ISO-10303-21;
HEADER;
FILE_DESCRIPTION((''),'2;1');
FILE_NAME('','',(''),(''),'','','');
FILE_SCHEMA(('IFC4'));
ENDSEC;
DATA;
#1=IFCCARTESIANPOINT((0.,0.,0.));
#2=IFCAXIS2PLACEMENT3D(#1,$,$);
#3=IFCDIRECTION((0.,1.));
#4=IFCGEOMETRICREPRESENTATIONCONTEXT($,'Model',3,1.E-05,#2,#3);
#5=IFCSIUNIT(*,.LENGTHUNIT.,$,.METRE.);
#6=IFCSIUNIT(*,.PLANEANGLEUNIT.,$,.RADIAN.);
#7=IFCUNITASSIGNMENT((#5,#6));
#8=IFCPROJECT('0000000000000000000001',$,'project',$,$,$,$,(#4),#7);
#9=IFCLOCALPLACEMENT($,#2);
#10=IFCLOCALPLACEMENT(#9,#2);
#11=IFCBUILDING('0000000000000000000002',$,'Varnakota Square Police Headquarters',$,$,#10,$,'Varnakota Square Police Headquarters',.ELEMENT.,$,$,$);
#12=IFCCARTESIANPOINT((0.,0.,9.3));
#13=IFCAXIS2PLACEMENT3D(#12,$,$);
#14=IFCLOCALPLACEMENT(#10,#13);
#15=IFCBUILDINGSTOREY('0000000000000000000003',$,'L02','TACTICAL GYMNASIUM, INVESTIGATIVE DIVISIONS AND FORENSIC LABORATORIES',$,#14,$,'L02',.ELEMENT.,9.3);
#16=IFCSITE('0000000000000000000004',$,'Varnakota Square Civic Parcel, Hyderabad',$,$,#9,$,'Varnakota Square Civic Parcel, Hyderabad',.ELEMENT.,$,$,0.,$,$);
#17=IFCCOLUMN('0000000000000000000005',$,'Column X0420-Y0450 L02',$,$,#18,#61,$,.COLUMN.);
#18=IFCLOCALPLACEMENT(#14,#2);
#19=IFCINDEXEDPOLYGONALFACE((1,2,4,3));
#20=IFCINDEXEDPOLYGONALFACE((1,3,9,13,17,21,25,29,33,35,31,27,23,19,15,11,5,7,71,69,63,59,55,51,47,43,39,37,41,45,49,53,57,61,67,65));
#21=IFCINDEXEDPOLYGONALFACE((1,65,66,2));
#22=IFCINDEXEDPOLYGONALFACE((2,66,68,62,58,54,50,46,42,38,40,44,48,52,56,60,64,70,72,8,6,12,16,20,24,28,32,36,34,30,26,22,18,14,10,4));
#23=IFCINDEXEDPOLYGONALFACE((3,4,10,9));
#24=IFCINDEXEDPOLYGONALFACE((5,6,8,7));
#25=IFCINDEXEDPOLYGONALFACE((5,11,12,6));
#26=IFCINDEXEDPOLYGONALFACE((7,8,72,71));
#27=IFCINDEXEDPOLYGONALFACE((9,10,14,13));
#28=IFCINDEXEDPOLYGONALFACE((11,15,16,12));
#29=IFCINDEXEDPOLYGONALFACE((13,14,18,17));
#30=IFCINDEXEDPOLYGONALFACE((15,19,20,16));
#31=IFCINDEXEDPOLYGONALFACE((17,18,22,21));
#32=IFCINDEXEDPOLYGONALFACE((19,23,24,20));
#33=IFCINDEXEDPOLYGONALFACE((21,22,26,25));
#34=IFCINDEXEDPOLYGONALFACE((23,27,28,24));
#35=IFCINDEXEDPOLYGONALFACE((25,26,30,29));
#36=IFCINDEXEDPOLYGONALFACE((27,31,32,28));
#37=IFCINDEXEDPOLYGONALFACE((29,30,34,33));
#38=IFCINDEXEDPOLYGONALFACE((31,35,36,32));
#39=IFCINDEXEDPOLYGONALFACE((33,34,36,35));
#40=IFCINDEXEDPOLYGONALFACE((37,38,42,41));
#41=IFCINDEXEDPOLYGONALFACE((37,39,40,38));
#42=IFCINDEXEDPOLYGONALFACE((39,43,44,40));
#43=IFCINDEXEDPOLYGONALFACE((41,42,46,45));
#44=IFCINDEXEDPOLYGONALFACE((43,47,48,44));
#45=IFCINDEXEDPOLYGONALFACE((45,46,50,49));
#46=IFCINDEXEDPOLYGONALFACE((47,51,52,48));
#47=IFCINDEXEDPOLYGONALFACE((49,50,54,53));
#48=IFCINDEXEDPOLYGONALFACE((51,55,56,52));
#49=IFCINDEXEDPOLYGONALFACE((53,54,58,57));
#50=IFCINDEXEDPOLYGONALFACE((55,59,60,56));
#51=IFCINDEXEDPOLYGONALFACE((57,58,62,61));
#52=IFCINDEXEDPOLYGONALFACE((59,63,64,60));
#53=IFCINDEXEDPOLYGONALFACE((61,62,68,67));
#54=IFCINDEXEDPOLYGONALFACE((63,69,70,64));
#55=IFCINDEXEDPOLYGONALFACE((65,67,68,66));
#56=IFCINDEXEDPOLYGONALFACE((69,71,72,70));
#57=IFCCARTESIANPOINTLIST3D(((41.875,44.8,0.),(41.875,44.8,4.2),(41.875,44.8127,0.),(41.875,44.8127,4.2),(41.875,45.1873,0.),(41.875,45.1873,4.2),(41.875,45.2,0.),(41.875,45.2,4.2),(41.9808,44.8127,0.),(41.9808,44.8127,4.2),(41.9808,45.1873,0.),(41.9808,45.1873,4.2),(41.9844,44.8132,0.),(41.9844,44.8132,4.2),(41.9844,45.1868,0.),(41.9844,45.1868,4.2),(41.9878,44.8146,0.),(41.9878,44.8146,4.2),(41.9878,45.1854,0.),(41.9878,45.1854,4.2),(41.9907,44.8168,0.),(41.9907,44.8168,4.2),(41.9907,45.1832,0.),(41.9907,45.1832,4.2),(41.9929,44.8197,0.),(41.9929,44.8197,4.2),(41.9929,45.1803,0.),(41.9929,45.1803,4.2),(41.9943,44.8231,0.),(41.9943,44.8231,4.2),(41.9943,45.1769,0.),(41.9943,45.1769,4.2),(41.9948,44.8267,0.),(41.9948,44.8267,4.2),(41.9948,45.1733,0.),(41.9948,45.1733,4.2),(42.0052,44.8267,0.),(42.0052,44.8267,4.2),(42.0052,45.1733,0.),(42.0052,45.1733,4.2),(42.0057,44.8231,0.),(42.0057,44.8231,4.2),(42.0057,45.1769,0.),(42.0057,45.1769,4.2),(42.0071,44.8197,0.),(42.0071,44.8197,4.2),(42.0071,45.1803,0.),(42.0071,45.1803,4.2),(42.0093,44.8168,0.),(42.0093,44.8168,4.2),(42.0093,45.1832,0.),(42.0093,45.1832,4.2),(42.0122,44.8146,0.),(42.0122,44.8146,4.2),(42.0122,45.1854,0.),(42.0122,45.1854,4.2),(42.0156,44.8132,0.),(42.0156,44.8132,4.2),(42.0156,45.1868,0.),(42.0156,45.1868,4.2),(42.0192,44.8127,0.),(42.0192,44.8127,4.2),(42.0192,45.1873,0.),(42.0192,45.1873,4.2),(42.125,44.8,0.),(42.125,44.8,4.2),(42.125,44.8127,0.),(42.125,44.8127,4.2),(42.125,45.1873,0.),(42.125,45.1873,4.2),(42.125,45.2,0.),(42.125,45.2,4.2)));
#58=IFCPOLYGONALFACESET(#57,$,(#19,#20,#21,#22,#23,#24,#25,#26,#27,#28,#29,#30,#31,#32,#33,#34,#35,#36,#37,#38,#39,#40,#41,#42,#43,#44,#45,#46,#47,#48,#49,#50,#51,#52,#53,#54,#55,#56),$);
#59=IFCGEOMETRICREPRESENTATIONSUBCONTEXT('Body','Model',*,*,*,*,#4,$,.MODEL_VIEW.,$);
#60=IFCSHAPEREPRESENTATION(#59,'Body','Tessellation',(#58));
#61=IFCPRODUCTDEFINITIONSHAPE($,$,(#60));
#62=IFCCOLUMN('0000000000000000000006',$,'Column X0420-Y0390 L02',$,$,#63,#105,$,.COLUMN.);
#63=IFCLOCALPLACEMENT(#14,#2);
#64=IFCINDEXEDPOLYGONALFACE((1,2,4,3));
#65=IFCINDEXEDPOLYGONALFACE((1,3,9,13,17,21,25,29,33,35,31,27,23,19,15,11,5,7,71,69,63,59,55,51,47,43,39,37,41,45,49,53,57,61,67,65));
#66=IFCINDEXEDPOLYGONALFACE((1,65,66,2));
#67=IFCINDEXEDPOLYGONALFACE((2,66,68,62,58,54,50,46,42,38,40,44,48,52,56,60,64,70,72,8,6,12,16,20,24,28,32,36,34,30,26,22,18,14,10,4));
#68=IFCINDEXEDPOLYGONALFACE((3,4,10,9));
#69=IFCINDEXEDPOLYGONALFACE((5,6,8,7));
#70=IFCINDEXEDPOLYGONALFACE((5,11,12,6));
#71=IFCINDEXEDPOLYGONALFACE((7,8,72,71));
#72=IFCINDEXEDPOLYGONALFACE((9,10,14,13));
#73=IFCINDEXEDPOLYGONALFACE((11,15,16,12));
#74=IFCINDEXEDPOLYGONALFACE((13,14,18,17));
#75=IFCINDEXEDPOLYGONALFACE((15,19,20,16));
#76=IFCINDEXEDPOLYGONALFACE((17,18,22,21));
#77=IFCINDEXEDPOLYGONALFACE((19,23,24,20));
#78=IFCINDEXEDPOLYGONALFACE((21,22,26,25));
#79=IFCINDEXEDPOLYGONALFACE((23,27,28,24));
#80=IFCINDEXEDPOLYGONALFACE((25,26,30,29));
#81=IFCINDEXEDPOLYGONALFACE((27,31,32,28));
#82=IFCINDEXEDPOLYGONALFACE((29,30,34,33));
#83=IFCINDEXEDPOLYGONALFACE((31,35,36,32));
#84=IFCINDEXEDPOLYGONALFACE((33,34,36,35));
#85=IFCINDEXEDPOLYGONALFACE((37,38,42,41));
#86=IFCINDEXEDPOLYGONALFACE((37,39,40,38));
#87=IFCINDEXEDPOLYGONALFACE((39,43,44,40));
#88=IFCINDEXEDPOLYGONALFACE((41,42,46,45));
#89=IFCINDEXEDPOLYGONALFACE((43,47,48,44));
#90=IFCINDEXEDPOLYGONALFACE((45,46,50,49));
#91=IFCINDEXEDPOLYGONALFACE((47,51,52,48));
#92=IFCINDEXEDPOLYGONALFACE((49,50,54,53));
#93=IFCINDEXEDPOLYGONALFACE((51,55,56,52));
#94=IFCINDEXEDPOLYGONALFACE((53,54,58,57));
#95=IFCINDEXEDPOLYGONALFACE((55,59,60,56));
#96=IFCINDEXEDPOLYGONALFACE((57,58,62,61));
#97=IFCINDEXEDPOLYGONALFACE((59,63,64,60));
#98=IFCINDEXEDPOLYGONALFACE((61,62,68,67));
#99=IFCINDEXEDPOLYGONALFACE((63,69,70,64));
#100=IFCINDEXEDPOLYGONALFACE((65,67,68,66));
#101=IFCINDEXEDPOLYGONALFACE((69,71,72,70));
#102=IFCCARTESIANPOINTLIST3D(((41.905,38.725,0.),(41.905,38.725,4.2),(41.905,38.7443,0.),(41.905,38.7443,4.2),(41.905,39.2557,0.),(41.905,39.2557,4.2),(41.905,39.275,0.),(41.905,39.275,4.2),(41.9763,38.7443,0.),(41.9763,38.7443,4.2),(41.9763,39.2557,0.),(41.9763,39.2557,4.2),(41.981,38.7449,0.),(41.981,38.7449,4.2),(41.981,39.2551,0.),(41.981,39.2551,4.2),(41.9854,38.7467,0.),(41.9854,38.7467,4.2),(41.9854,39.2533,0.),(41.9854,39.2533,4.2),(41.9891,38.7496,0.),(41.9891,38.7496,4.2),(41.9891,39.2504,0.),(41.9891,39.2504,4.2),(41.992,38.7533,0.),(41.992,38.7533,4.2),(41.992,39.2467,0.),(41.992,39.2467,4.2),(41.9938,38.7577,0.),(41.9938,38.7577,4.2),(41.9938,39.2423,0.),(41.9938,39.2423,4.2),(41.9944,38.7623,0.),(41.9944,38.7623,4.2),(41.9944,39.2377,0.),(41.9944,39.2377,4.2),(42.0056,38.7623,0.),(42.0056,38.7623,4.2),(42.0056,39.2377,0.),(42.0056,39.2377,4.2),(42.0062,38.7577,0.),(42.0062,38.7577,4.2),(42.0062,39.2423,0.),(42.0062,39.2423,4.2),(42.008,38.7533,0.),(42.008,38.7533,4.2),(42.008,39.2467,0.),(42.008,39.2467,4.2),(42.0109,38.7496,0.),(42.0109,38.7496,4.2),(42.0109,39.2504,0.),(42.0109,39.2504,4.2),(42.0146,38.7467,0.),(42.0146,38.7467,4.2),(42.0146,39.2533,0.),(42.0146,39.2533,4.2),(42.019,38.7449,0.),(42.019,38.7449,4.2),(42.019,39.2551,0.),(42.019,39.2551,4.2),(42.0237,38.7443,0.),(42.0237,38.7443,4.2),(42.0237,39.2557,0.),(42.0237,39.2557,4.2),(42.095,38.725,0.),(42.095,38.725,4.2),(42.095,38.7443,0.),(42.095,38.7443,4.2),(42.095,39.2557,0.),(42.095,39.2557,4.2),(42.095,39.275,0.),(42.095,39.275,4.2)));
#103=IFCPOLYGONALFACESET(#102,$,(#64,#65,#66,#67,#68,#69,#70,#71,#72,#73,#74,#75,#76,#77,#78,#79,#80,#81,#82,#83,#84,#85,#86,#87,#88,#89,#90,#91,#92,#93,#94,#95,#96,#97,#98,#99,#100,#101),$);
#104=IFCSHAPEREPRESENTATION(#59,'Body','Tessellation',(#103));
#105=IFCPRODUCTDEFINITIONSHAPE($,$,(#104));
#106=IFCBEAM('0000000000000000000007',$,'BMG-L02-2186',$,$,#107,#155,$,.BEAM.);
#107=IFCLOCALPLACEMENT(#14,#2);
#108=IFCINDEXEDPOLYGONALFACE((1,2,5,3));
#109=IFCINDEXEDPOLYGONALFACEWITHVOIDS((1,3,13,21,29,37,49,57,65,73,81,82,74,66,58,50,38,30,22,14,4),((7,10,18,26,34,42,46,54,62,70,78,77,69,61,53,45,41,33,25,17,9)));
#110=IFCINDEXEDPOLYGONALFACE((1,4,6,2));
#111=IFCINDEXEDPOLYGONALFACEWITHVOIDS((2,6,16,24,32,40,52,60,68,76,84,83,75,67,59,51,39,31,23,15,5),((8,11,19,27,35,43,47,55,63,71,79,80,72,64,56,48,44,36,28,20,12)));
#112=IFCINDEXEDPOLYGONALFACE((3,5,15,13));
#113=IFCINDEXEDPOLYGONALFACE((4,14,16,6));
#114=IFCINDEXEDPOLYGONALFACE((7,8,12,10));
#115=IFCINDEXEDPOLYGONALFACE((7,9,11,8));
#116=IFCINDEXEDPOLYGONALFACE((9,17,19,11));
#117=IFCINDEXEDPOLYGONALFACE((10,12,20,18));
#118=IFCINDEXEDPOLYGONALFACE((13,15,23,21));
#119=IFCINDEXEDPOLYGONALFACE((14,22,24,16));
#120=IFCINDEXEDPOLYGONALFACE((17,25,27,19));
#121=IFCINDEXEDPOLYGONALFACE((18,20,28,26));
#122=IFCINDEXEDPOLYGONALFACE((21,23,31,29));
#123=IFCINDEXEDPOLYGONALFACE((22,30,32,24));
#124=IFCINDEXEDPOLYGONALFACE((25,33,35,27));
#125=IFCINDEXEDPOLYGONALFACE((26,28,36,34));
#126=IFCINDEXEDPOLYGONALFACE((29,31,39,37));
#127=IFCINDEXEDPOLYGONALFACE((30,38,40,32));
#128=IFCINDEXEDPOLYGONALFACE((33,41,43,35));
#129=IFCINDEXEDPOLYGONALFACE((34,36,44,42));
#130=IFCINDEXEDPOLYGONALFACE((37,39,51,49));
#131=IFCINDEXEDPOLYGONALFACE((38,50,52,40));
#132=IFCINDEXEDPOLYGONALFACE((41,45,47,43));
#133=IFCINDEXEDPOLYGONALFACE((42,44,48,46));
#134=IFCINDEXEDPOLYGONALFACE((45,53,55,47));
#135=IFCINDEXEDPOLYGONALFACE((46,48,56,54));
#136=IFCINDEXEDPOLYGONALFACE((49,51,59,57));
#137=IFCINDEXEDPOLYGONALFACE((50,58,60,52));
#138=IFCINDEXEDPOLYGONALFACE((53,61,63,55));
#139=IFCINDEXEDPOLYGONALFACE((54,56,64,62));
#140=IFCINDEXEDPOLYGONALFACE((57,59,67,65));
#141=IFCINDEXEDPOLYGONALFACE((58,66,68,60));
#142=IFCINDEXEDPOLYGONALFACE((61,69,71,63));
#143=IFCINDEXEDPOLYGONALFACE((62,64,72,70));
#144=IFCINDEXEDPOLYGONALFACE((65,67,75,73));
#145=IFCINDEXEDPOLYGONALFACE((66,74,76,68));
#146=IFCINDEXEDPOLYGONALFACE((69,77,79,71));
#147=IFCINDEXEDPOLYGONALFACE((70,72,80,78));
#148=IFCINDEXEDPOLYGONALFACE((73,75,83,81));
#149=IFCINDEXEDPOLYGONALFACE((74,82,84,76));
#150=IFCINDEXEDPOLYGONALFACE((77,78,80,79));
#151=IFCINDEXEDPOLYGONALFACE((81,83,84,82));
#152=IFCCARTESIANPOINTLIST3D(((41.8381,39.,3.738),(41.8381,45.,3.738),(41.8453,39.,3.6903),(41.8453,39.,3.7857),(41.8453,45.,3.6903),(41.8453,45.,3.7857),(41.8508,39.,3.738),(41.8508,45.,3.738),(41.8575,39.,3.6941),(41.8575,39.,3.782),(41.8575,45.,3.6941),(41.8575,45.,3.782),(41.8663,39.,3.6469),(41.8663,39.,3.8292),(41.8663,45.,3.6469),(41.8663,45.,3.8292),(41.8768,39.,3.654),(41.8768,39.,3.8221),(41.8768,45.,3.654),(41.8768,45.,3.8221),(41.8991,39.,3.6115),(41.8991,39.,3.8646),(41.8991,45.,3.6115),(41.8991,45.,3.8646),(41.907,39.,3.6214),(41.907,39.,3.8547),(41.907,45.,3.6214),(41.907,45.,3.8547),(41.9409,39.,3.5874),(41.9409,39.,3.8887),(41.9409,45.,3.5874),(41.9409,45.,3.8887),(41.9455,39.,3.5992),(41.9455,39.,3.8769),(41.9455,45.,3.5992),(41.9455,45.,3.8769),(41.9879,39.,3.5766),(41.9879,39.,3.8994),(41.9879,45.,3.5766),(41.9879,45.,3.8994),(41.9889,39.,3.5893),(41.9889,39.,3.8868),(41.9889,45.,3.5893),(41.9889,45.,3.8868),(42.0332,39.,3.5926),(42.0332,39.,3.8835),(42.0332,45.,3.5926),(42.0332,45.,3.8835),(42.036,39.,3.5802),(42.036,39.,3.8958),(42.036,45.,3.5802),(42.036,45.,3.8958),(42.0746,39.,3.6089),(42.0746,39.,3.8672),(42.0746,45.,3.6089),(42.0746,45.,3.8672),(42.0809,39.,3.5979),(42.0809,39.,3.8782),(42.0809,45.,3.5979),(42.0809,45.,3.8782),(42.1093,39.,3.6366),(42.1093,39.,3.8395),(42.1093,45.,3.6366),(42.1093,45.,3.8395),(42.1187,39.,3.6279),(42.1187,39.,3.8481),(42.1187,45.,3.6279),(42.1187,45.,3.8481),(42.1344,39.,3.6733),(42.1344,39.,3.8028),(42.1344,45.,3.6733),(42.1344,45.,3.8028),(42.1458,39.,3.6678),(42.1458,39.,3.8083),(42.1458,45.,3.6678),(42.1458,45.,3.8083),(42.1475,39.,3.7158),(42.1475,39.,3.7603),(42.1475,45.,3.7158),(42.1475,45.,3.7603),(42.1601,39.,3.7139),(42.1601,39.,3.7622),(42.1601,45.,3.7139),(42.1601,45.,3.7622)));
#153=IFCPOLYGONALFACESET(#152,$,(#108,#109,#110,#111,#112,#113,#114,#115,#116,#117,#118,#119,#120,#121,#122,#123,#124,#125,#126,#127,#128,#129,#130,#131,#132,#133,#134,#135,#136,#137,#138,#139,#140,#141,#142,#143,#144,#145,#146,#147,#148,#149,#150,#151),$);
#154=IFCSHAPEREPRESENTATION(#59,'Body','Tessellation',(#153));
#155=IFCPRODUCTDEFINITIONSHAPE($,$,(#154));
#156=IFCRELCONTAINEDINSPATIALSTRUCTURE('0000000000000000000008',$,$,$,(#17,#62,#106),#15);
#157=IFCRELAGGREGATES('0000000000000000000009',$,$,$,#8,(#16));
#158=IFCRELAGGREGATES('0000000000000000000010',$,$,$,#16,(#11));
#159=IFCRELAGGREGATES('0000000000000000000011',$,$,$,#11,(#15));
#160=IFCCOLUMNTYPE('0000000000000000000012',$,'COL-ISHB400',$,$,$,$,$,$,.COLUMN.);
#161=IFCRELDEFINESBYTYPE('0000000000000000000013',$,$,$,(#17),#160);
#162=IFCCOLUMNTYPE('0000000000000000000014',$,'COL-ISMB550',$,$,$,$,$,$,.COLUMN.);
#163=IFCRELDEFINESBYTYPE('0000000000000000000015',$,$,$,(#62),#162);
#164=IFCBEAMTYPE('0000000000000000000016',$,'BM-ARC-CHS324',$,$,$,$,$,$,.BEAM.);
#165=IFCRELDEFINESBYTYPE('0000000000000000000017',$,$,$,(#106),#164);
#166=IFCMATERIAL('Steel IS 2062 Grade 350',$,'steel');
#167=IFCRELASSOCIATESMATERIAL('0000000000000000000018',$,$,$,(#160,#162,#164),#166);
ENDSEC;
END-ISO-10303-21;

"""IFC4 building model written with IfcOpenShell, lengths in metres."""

from ifc_helpers import new_model, si_unit, direction, frame, origin, origin_2d, place, context, subcontext, project, spatial, hollow_circle, i_section, extrude, material, material_profile, profile_set, type_object, element, save


model = new_model("IFC4")

# Units and contexts
model_context = context("Model", 3, precision=1e-05, world=origin(), true_north=direction((0.0, 1.0)))
body_context = subcontext(model_context, "Body", "Model", "MODEL_VIEW")
ifc_project = project(units=[si_unit("LENGTHUNIT", "METRE"), si_unit("PLANEANGLEUNIT", "RADIAN")], contexts=[model_context])

# Site, building, storey
site_placement = place(None, origin())
site = spatial("IfcSite", under=ifc_project, at=site_placement, Name="Varnakota Square Civic Parcel, Hyderabad", LongName="Varnakota Square Civic Parcel, Hyderabad", CompositionType="ELEMENT", RefElevation=0.0)
building_placement = place(site_placement, origin())
building = spatial("IfcBuilding", under=site, at=building_placement, Name="Varnakota Square Police Headquarters", LongName="Varnakota Square Police Headquarters", CompositionType="ELEMENT")
storey_placement = place(building_placement, frame((0.0, 0.0, 9.3)))
storey = spatial("IfcBuildingStorey", under=building, at=storey_placement, Name="L02", Description="TACTICAL GYMNASIUM, INVESTIGATIVE DIVISIONS AND FORENSIC LABORATORIES", LongName="L02", CompositionType="ELEMENT", Elevation=9.3)

# Columns
ifc_material_1 = material(Name="Steel IS 2062 Grade 350", Category="steel")
ifc_material_profile_1 = material_profile(ifc_material_1, i_section(OverallWidth=0.25, OverallDepth=0.3999, WebThickness=0.0105, FlangeThickness=0.0127, FilletRadius=0.0139, at=origin_2d()), Name="ISHB 400")
ifc_profile_set_1 = profile_set([ifc_material_profile_1], Name="Steel IS 2062 Grade 350")
column_type_1 = type_object("IfcColumnType", Name="COL-ISHB400", PredefinedType="COLUMN", material=ifc_profile_set_1)
column_1_placement = place(storey_placement, frame((42.0, 45.0, 0.0), z_axis=(0.0, 0.0, 1.0), x_axis=(1.0, 0.0, 0.0)))
element("IfcColumn", 1, at=column_1_placement, inside=storey, type_object=column_type_1, Name="Column X0420-Y0450 L02", PredefinedType="COLUMN", context=body_context, shape_type="SweptSolid", body=[
    extrude(i_section(OverallWidth=0.25, OverallDepth=0.3999, WebThickness=0.0105, FlangeThickness=0.0127, FilletRadius=0.0139, at=origin_2d()), origin(), (0.0, 0.0, 1.0), 4.2),
])
ifc_material_profile_2 = material_profile(ifc_material_1, i_section(OverallWidth=0.1899, OverallDepth=0.55, WebThickness=0.0112, FlangeThickness=0.0193, FilletRadius=0.0181, at=origin_2d()), Name="ISMB 550")
ifc_profile_set_2 = profile_set([ifc_material_profile_2], Name="Steel IS 2062 Grade 350")
column_type_2 = type_object("IfcColumnType", Name="COL-ISMB550", PredefinedType="COLUMN", material=ifc_profile_set_2)
column_2_placement = place(storey_placement, frame((42.0, 39.0, 0.0), z_axis=(0.0, 0.0, 1.0), x_axis=(1.0, 0.0, 0.0)))
element("IfcColumn", 2, at=column_2_placement, inside=storey, type_object=column_type_2, Name="Column X0420-Y0390 L02", PredefinedType="COLUMN", context=body_context, shape_type="SweptSolid", body=[
    extrude(i_section(OverallWidth=0.1899, OverallDepth=0.55, WebThickness=0.0112, FlangeThickness=0.0193, FilletRadius=0.0181, at=origin_2d()), origin(), (0.0, 0.0, 1.0), 4.2),
])

# Beam
ifc_material_profile_3 = material_profile(ifc_material_1, hollow_circle(Radius=0.1619, WallThickness=0.0127, at=origin_2d()), Name="CHS 323.9x12.7")
ifc_profile_set_3 = profile_set([ifc_material_profile_3], Name="Steel IS 2062 Grade 350")
beam_type_1 = type_object("IfcBeamType", Name="BM-ARC-CHS324", PredefinedType="BEAM", material=ifc_profile_set_3)
beam_1_placement = place(storey_placement, frame((42.0, 39.0, 3.738), z_axis=(0.0, 1.0, 0.0), x_axis=(-1.0, 0.0, 0.0)))
element("IfcBeam", 3, at=beam_1_placement, inside=storey, type_object=beam_type_1, Name="BMG-L02-2186", PredefinedType="BEAM", context=body_context, shape_type="SweptSolid", body=[
    extrude(hollow_circle(Radius=0.1619, WallThickness=0.0127, at=origin_2d()), origin(), (0.0, 0.0, 1.0), 6.0),
])

save(model, "model.ifc")
